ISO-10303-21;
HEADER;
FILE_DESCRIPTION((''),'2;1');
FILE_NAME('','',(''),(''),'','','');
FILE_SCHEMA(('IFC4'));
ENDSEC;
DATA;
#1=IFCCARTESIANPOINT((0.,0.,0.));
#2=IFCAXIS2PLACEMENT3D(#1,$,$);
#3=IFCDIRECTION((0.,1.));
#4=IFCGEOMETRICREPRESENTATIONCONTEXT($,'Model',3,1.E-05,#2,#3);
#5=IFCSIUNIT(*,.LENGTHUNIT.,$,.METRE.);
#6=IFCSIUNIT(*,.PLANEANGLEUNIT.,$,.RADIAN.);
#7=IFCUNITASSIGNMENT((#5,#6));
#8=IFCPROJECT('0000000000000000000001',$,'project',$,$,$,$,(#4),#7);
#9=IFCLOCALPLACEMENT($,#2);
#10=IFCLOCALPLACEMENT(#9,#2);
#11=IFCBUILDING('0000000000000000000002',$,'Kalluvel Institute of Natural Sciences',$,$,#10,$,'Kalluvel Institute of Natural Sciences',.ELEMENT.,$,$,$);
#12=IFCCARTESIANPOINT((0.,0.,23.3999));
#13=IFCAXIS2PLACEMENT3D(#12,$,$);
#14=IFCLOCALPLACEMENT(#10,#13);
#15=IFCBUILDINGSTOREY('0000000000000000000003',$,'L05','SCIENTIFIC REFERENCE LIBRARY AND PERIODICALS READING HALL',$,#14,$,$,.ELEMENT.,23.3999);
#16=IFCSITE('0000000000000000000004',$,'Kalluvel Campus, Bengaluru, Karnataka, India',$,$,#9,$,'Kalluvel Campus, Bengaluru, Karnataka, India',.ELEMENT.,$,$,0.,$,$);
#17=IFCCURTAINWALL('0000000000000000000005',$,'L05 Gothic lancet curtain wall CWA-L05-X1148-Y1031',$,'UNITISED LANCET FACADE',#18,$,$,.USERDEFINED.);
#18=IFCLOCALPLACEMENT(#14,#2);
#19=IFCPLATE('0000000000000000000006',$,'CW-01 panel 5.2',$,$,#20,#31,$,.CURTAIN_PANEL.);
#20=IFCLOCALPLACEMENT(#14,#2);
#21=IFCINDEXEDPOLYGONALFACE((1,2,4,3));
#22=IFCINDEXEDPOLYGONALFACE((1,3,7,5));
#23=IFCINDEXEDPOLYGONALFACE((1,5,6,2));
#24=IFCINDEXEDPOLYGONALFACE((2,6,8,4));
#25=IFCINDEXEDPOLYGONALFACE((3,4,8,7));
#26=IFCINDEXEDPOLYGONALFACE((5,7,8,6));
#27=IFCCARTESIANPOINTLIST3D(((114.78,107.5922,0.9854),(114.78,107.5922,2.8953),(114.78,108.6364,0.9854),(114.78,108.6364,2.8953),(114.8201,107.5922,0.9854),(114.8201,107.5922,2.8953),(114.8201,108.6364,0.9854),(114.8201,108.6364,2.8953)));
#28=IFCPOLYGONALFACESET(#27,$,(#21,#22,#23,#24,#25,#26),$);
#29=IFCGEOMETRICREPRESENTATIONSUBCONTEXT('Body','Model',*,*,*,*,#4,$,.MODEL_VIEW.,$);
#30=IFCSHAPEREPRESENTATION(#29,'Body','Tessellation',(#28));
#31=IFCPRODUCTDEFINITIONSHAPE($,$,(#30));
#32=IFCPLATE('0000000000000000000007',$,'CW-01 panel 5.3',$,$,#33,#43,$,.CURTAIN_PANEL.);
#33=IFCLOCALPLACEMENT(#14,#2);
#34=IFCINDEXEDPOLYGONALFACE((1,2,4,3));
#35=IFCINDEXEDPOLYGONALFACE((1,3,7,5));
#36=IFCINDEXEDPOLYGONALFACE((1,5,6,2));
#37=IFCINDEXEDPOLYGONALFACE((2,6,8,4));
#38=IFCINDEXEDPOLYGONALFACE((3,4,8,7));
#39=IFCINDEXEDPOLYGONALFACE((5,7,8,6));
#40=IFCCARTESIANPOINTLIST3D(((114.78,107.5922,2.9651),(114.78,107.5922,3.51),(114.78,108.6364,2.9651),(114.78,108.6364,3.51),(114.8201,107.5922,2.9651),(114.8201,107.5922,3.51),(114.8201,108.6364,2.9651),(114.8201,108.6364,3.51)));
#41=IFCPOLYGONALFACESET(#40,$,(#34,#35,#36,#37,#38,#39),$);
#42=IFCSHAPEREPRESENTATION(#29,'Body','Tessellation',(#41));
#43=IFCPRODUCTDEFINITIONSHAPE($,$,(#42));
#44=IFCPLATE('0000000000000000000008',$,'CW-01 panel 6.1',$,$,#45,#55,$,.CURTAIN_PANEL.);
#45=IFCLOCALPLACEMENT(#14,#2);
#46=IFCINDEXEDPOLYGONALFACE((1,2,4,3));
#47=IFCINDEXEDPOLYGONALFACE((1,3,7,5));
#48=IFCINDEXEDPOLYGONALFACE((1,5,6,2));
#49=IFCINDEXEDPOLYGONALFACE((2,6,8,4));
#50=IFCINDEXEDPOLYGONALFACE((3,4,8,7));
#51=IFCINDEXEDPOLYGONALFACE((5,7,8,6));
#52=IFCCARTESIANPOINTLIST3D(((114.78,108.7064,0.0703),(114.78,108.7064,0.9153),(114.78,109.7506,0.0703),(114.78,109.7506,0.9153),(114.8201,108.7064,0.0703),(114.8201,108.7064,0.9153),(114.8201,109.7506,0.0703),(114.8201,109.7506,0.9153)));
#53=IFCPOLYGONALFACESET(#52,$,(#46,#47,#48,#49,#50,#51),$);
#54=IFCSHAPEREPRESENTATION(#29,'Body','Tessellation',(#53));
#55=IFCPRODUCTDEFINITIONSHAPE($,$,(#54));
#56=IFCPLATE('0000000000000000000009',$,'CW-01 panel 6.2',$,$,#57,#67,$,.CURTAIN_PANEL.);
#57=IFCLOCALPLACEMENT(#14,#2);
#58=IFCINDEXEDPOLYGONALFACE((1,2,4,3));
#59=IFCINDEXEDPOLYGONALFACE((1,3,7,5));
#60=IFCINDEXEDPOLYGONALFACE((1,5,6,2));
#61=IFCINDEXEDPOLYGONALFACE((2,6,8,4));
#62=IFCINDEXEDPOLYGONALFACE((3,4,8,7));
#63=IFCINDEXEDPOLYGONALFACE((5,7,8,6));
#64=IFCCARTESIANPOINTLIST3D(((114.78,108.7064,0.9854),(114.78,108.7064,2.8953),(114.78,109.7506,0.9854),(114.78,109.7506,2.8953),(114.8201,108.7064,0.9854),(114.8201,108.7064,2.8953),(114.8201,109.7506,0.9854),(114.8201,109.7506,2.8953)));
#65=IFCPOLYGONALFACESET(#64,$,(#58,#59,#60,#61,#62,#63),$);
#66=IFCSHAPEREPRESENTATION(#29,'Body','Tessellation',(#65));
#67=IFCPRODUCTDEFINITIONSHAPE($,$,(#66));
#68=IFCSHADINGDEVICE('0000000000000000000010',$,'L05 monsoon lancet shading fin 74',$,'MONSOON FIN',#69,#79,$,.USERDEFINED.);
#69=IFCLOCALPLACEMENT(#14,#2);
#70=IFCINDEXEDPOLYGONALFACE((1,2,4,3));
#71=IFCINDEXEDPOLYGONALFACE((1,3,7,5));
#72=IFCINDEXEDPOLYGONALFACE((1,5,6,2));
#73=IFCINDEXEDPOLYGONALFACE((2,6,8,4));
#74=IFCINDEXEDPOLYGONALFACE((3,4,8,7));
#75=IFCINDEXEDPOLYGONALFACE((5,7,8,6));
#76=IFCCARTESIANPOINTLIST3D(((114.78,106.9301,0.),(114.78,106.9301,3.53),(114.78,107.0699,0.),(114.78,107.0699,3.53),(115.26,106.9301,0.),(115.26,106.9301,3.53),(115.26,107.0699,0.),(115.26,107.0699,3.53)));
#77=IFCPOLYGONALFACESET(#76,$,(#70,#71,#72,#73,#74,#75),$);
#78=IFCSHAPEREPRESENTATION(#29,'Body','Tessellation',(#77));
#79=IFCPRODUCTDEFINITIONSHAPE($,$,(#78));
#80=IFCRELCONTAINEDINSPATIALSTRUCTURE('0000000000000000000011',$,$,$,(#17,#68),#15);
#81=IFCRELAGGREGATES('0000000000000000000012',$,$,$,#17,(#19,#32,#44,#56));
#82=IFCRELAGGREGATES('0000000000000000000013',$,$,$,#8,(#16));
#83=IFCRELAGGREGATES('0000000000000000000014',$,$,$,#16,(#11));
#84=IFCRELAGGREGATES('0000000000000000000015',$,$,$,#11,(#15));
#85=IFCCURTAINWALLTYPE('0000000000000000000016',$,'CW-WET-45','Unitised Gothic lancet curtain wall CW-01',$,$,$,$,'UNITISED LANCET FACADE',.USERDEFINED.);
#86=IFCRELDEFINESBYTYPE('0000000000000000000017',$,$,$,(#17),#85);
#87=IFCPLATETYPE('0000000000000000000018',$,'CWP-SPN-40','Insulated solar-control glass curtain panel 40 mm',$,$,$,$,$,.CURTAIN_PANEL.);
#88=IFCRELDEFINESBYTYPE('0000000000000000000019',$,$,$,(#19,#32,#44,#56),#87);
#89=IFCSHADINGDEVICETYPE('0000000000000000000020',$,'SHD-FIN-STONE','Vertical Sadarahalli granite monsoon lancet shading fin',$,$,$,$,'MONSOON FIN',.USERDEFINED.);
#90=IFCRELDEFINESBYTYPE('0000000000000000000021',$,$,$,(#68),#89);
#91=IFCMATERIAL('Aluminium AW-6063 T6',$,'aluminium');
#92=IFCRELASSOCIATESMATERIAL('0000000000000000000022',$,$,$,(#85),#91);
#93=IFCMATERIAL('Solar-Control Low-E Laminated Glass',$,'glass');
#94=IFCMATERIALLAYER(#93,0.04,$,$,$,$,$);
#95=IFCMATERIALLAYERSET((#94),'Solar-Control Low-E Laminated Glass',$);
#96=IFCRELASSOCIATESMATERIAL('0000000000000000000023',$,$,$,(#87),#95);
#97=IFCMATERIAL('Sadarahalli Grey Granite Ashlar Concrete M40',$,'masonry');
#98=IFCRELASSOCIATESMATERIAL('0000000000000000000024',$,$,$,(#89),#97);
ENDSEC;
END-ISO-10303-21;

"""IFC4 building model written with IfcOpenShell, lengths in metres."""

from ifc_helpers import new_model, si_unit, direction, frame, origin, origin_2d, place, context, subcontext, project, spatial, rectangle, extrude, material, layer, layer_set, type_object, element, aggregate, save


model = new_model("IFC4")

# Units and contexts
model_context = context("Model", 3, precision=1e-05, world=origin(), true_north=direction((0.0, 1.0)))
body_context = subcontext(model_context, "Body", "Model", "MODEL_VIEW")
ifc_project = project(units=[si_unit("LENGTHUNIT", "METRE"), si_unit("PLANEANGLEUNIT", "RADIAN")], contexts=[model_context])

# Site, building, storey
site_placement = place(None, origin())
site = spatial("IfcSite", under=ifc_project, at=site_placement, Name="Kalluvel Campus, Bengaluru, Karnataka, India", LongName="Kalluvel Campus, Bengaluru, Karnataka, India", CompositionType="ELEMENT", RefElevation=0.0)
building_placement = place(site_placement, origin())
building = spatial("IfcBuilding", under=site, at=building_placement, Name="Kalluvel Institute of Natural Sciences", LongName="Kalluvel Institute of Natural Sciences", CompositionType="ELEMENT")
storey_placement = place(building_placement, frame((0.0, 0.0, 23.3999)))
storey = spatial("IfcBuildingStorey", under=building, at=storey_placement, Name="L05", Description="SCIENTIFIC REFERENCE LIBRARY AND PERIODICALS READING HALL", CompositionType="ELEMENT", Elevation=23.3999)

# Curtain wall, plates
ifc_material_1 = material(Name="Aluminium AW-6063 T6", Category="aluminium")
curtain_wall_type = type_object("IfcCurtainWallType", Name="CW-WET-45", Description="Unitised Gothic lancet curtain wall CW-01", ElementType="UNITISED LANCET FACADE", PredefinedType="USERDEFINED", material=ifc_material_1)
curtain_wall_placement = place(storey_placement, origin())
curtain_wall = element("IfcCurtainWall", 1, at=curtain_wall_placement, inside=storey, type_object=curtain_wall_type, Name="L05 Gothic lancet curtain wall CWA-L05-X1148-Y1031", ObjectType="UNITISED LANCET FACADE", PredefinedType="USERDEFINED")
ifc_material_2 = material(Name="Solar-Control Low-E Laminated Glass", Category="glass")
ifc_layer = layer(ifc_material_2, 0.04)
ifc_layer_set = layer_set([ifc_layer], Name="Solar-Control Low-E Laminated Glass")
plate_type = type_object("IfcPlateType", Name="CWP-SPN-40", Description="Insulated solar-control glass curtain panel 40 mm", PredefinedType="CURTAIN_PANEL", material=ifc_layer_set)
plate_1_placement = place(storey_placement, frame((114.8, 108.1143, 0.9854), z_axis=(0.0, 0.0, 1.0), x_axis=(0.0, 1.0, 0.0)))
plate_1 = element("IfcPlate", 2, at=plate_1_placement, type_object=plate_type, Name="CW-01 panel 5.2", PredefinedType="CURTAIN_PANEL", context=body_context, shape_type="SweptSolid", body=[
    extrude(rectangle(XDim=1.0442, YDim=0.04, at=origin_2d()), origin(), (0.0, 0.0, 1.0), 1.9099),
])
plate_2_placement = place(storey_placement, frame((114.8, 108.1143, 2.9651), z_axis=(0.0, 0.0, 1.0), x_axis=(0.0, 1.0, 0.0)))
plate_2 = element("IfcPlate", 3, at=plate_2_placement, type_object=plate_type, Name="CW-01 panel 5.3", PredefinedType="CURTAIN_PANEL", context=body_context, shape_type="SweptSolid", body=[
    extrude(rectangle(XDim=1.0442, YDim=0.04, at=origin_2d()), origin(), (0.0, 0.0, 1.0), 0.5449),
])
plate_3_placement = place(storey_placement, frame((114.8, 109.2285, 0.0703), z_axis=(0.0, 0.0, 1.0), x_axis=(0.0, 1.0, 0.0)))
plate_3 = element("IfcPlate", 4, at=plate_3_placement, type_object=plate_type, Name="CW-01 panel 6.1", PredefinedType="CURTAIN_PANEL", context=body_context, shape_type="SweptSolid", body=[
    extrude(rectangle(XDim=1.0442, YDim=0.04, at=origin_2d()), origin(), (0.0, 0.0, 1.0), 0.845),
])
plate_4_placement = place(storey_placement, frame((114.8, 109.2285, 0.9854), z_axis=(0.0, 0.0, 1.0), x_axis=(0.0, 1.0, 0.0)))
plate_4 = element("IfcPlate", 5, at=plate_4_placement, type_object=plate_type, Name="CW-01 panel 6.2", PredefinedType="CURTAIN_PANEL", context=body_context, shape_type="SweptSolid", body=[
    extrude(rectangle(XDim=1.0442, YDim=0.04, at=origin_2d()), origin(), (0.0, 0.0, 1.0), 1.9099),
])
aggregate(curtain_wall, [plate_1, plate_2, plate_3, plate_4])

# Shading device
ifc_material_3 = material(Name="Sadarahalli Grey Granite Ashlar Concrete M40", Category="masonry")
shading_device_type = type_object("IfcShadingDeviceType", Name="SHD-FIN-STONE", Description="Vertical Sadarahalli granite monsoon lancet shading fin", ElementType="MONSOON FIN", PredefinedType="USERDEFINED", material=ifc_material_3)
shading_device_placement = place(storey_placement, frame((115.02, 107.0, 0.0), z_axis=(0.0, 0.0, 1.0), x_axis=(0.0, 1.0, 0.0)))
element("IfcShadingDevice", 6, at=shading_device_placement, inside=storey, type_object=shading_device_type, Name="L05 monsoon lancet shading fin 74", ObjectType="MONSOON FIN", PredefinedType="USERDEFINED", context=body_context, shape_type="SweptSolid", body=[
    extrude(rectangle(XDim=0.1399, YDim=0.48, at=origin_2d()), origin(), (0.0, 0.0, 1.0), 3.53),
])

save(model, "model.ifc")
